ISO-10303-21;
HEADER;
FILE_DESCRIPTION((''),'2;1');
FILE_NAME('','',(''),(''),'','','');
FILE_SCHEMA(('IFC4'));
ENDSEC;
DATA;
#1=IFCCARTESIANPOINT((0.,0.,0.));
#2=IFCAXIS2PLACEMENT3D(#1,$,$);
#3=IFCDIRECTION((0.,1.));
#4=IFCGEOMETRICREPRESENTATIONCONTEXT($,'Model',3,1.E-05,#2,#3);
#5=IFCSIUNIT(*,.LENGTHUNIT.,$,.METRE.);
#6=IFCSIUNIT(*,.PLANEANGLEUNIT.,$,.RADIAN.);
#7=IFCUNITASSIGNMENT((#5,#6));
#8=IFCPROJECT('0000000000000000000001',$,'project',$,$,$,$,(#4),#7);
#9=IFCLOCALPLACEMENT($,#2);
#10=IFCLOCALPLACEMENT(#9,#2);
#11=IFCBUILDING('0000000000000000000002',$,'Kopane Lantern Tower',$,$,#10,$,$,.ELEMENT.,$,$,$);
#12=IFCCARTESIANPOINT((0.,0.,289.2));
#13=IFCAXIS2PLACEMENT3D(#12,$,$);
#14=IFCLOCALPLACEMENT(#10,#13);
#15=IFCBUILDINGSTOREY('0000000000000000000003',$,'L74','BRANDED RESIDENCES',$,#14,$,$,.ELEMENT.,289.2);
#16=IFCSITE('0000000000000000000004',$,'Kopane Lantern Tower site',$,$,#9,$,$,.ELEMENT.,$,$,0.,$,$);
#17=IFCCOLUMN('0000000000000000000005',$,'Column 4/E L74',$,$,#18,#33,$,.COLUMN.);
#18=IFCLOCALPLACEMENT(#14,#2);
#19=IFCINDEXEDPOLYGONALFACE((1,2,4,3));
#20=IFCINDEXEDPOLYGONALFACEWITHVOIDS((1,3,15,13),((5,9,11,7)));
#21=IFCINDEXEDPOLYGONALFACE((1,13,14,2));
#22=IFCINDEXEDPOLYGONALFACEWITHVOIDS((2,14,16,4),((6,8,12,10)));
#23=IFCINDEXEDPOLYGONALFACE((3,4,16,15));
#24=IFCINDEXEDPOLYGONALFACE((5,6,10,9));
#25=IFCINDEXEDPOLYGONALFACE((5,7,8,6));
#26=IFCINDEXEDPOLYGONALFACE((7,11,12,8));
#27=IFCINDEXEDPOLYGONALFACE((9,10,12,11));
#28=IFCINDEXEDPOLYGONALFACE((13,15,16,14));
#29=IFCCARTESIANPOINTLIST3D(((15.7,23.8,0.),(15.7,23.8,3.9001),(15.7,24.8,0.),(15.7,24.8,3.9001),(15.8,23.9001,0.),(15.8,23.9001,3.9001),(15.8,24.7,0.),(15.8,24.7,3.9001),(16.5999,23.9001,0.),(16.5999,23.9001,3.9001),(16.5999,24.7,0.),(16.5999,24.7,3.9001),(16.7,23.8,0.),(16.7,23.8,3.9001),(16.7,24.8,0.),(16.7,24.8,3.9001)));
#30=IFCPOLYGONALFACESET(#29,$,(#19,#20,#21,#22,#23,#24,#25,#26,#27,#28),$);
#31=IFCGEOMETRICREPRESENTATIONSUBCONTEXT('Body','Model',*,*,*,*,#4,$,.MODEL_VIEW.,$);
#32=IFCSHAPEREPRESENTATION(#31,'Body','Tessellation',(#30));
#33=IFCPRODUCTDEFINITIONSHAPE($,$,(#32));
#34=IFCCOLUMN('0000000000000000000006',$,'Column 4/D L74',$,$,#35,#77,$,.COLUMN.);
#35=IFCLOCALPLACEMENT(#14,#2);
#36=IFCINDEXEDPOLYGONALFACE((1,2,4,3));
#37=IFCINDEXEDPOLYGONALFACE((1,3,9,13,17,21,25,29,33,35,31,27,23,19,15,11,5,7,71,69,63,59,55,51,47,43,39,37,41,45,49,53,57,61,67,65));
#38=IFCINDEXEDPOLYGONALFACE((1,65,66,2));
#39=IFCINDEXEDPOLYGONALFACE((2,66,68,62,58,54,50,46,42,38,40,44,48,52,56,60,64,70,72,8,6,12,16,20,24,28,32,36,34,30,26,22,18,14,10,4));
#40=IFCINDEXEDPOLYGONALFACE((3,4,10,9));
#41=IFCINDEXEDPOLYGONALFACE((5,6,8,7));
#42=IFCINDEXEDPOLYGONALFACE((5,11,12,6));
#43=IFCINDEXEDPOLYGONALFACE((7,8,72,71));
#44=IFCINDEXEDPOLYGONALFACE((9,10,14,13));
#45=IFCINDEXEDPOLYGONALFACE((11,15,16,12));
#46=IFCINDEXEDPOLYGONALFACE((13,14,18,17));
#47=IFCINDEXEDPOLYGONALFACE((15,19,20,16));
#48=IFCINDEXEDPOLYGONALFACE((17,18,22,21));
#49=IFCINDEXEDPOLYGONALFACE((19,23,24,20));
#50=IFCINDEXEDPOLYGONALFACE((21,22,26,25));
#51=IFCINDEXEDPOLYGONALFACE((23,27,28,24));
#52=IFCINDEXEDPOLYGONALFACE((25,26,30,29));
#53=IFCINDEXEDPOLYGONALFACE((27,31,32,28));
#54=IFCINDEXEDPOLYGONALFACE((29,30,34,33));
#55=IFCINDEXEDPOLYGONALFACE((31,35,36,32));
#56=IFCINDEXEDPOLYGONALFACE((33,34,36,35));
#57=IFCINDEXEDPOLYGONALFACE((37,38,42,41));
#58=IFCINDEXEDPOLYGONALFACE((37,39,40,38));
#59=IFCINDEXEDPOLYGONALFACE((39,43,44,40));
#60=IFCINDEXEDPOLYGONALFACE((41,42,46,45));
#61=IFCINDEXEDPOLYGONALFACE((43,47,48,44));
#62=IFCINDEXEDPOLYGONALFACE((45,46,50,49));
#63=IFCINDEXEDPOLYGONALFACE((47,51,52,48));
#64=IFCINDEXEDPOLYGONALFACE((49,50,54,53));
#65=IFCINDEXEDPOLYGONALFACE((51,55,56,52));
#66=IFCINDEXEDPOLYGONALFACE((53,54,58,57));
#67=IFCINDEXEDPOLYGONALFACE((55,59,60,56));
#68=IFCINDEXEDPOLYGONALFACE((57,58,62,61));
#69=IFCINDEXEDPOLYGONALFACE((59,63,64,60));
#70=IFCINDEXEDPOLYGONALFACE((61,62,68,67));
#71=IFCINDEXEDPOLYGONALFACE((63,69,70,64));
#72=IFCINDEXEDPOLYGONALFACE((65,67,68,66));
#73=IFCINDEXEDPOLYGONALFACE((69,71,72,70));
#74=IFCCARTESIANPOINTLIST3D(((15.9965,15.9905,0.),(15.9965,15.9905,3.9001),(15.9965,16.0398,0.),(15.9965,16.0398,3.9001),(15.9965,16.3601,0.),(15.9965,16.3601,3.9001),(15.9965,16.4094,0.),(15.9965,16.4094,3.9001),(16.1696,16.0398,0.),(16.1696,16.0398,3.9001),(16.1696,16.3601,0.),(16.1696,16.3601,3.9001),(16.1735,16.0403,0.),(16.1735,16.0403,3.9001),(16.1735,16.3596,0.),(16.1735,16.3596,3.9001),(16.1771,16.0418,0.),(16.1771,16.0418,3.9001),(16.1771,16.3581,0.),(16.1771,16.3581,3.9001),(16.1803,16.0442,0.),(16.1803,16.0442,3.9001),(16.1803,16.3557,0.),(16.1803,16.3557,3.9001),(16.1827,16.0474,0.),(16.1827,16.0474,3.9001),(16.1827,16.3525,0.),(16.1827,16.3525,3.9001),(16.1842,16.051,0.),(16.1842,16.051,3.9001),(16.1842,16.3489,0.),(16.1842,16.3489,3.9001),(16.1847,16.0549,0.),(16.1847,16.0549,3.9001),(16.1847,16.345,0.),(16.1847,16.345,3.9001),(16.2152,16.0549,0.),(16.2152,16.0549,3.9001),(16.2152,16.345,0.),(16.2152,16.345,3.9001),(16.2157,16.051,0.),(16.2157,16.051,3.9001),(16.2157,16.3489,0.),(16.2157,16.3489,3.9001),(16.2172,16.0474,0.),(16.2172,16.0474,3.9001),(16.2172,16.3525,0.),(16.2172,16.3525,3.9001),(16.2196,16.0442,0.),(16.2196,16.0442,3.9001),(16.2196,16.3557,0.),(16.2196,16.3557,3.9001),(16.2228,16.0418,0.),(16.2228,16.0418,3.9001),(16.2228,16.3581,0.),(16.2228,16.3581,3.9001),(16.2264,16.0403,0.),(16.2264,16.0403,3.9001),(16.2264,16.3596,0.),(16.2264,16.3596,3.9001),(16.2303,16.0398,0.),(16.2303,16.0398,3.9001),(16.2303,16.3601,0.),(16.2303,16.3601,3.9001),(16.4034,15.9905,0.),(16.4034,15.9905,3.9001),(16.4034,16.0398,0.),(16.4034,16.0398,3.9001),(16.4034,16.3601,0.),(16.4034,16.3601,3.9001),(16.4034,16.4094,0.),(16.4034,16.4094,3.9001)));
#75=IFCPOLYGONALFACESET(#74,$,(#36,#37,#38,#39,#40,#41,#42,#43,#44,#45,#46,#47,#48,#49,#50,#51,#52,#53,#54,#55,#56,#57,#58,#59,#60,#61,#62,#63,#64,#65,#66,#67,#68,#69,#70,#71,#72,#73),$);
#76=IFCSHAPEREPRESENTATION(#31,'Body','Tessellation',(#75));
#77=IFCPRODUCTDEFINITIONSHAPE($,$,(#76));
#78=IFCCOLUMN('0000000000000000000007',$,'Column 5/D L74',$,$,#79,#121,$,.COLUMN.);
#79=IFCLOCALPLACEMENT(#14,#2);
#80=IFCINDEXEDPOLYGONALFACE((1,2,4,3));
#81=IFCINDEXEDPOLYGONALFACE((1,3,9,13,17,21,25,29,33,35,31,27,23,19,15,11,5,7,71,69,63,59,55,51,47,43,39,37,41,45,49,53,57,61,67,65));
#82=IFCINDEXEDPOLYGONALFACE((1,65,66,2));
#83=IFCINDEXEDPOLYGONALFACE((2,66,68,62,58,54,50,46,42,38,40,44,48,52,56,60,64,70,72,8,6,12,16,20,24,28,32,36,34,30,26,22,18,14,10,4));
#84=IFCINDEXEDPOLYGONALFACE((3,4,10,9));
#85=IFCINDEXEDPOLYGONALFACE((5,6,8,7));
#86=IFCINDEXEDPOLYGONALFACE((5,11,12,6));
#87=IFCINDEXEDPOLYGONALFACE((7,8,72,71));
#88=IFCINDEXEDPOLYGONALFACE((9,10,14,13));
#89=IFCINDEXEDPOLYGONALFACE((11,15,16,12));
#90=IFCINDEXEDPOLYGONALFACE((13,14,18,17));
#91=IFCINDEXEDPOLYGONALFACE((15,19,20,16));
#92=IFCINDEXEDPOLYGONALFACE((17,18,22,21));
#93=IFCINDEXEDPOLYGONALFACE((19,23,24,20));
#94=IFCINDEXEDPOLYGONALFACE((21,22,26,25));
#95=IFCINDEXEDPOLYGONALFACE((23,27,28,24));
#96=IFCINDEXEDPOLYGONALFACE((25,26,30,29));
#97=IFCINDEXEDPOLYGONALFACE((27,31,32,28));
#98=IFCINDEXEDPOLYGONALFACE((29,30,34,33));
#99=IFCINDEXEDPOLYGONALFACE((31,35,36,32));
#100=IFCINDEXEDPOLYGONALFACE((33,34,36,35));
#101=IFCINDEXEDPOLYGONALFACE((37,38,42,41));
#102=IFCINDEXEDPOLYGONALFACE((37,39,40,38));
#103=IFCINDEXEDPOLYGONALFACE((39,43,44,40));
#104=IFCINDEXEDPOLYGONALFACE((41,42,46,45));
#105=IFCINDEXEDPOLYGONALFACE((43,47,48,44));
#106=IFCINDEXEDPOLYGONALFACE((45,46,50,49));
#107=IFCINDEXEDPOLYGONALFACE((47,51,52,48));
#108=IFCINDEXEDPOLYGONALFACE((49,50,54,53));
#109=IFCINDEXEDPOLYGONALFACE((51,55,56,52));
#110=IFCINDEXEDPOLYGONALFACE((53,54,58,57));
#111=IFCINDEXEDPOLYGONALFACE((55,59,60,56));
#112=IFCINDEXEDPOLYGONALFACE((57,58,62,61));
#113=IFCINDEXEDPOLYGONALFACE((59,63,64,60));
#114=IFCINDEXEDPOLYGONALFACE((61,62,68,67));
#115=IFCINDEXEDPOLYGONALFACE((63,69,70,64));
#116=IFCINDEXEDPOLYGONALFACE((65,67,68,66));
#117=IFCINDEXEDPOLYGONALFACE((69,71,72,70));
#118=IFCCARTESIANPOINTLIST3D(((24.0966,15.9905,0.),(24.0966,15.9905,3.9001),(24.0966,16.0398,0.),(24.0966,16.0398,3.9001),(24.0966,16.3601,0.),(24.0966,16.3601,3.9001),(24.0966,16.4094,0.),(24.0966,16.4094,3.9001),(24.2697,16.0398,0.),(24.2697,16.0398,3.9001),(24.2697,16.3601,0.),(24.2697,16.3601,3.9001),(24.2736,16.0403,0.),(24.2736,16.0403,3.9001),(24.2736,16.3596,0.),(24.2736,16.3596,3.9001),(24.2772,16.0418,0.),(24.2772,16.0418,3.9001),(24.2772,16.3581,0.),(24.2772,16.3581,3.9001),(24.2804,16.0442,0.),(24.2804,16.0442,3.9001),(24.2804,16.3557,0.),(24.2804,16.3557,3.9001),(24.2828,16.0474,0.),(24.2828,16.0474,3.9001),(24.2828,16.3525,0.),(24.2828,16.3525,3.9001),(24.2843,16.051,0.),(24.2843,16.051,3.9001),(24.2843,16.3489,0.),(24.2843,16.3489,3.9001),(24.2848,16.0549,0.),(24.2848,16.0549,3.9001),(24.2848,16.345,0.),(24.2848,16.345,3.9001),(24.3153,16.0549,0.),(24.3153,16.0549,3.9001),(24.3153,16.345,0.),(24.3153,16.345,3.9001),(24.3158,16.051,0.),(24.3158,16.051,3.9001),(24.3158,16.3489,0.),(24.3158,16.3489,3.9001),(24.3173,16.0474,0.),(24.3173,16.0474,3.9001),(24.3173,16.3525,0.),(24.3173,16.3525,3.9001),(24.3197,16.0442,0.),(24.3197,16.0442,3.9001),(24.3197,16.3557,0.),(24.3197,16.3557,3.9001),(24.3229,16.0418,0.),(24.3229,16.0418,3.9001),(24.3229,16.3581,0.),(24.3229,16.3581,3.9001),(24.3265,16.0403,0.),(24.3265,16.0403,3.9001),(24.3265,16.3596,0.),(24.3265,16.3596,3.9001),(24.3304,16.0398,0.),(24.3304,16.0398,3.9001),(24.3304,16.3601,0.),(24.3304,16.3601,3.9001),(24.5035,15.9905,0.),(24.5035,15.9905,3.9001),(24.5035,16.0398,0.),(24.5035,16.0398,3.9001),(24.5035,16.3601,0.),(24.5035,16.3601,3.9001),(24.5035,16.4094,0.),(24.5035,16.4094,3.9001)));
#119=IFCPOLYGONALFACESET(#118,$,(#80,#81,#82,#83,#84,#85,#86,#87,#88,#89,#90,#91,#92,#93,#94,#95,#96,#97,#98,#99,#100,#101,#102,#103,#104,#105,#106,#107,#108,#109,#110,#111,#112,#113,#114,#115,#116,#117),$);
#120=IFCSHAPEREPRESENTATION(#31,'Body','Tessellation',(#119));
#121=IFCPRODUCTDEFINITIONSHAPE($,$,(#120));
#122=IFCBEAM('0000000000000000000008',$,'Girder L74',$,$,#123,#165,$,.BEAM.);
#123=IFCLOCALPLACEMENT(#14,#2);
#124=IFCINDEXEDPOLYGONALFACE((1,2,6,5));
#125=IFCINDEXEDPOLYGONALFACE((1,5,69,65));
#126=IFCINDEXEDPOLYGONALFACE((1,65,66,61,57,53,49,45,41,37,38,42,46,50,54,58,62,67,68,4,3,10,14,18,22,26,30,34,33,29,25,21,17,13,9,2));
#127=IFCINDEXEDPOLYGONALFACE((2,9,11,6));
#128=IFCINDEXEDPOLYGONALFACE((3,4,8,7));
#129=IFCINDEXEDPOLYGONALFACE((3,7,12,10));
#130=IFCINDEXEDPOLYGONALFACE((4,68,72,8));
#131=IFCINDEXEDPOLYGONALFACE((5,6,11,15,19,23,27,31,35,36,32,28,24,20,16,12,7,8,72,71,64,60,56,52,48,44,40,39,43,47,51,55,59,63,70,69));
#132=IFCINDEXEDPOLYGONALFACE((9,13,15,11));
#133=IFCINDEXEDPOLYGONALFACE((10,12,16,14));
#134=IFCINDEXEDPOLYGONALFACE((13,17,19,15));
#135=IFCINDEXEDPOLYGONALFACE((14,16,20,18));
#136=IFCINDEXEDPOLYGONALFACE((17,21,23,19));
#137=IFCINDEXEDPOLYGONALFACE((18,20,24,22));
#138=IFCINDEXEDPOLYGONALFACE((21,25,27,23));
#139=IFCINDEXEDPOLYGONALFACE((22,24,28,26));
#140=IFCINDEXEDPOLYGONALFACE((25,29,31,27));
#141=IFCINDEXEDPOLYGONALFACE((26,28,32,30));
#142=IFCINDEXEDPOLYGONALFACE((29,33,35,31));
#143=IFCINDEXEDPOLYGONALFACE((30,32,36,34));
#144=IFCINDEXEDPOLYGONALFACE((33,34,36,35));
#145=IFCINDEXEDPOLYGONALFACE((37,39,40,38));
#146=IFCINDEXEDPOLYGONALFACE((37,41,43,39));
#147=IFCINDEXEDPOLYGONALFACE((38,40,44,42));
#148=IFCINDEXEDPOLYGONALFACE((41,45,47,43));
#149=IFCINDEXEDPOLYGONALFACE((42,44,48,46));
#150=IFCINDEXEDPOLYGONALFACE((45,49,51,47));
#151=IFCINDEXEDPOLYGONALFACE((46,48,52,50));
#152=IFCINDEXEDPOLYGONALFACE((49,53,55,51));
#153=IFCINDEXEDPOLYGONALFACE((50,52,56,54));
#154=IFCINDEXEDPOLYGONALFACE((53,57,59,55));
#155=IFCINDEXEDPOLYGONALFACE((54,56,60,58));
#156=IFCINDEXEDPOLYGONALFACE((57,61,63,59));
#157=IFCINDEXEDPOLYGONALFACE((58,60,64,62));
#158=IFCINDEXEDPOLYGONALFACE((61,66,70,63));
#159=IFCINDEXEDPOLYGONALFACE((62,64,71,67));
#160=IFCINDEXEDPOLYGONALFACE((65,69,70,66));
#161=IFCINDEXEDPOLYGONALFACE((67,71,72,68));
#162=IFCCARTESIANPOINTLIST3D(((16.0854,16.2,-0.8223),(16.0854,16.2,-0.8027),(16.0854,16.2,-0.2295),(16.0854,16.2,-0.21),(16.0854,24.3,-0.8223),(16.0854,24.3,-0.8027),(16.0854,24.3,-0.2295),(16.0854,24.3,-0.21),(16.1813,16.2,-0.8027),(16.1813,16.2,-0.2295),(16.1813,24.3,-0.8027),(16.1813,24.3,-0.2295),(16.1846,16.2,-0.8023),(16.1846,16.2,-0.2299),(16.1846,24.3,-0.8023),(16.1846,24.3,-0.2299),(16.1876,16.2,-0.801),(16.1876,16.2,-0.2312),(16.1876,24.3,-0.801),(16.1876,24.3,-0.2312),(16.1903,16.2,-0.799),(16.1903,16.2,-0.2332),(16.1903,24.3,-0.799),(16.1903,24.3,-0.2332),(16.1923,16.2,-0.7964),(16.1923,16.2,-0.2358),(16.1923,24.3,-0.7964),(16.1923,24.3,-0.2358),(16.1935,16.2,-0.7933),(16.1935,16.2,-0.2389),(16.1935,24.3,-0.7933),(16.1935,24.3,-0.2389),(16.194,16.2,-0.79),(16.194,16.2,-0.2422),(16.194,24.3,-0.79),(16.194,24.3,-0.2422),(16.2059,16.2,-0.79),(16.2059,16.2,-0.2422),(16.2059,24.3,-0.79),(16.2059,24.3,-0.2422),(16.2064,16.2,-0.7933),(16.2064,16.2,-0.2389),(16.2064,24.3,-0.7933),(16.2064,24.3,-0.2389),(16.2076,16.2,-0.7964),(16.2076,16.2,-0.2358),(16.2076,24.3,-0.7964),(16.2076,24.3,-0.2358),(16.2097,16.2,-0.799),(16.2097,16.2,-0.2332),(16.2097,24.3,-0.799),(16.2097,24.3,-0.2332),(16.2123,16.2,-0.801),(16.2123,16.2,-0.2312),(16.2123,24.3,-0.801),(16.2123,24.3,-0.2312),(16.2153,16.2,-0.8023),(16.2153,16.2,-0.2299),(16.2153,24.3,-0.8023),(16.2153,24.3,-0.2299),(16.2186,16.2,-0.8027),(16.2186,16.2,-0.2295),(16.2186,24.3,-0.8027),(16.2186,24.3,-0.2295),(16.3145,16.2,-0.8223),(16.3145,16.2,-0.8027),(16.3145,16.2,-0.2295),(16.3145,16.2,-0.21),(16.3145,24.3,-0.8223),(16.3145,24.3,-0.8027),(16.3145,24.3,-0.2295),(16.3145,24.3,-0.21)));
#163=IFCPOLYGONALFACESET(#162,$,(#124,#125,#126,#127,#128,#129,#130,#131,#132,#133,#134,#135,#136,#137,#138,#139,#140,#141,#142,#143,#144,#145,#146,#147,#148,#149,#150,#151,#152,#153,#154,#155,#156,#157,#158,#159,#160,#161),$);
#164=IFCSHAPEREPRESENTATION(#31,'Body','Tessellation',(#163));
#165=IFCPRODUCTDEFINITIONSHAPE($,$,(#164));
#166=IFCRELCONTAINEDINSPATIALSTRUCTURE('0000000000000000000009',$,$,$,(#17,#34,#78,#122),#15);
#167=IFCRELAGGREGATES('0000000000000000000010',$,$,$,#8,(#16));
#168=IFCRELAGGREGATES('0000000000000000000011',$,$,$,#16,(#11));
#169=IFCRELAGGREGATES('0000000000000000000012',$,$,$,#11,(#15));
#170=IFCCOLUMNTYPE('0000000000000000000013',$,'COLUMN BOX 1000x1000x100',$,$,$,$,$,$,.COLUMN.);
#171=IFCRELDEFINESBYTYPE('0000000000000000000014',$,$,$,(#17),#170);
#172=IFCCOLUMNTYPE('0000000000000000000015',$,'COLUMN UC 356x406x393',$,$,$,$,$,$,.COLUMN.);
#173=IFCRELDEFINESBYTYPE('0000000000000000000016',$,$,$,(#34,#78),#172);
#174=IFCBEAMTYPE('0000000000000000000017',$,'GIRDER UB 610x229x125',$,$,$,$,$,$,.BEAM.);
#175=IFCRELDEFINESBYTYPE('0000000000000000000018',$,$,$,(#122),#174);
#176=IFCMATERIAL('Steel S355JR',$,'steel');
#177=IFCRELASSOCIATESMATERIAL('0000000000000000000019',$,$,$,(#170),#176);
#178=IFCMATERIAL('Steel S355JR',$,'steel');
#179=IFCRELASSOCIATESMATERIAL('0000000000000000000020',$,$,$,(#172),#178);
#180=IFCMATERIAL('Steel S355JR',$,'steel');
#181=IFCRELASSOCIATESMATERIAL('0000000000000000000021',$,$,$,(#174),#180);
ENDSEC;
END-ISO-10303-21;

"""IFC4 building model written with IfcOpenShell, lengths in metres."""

from ifc_helpers import new_model, si_unit, direction, frame, origin, origin_2d, place, context, subcontext, project, spatial, hollow_rectangle, i_section, extrude, material, material_profile, profile_set, type_object, element, save


model = new_model("IFC4")

# Units and contexts
model_context = context("Model", 3, precision=1e-05, world=origin(), true_north=direction((0.0, 1.0)))
body_context = subcontext(model_context, "Body", "Model", "MODEL_VIEW")
ifc_project = project(units=[si_unit("LENGTHUNIT", "METRE"), si_unit("PLANEANGLEUNIT", "RADIAN")], contexts=[model_context])

# Site, building, storey
site_placement = place(None, origin())
site = spatial("IfcSite", under=ifc_project, at=site_placement, Name="Kopane Lantern Tower site", CompositionType="ELEMENT", RefElevation=0.0)
building_placement = place(site_placement, origin())
building = spatial("IfcBuilding", under=site, at=building_placement, Name="Kopane Lantern Tower", CompositionType="ELEMENT")
storey_placement = place(building_placement, frame((0.0, 0.0, 289.2)))
storey = spatial("IfcBuildingStorey", under=building, at=storey_placement, Name="L74", Description="BRANDED RESIDENCES", CompositionType="ELEMENT", Elevation=289.2)

# Columns
ifc_material_1 = material(Name="Steel S355JR", Category="steel")
ifc_material_profile_1 = material_profile(ifc_material_1, hollow_rectangle(XDim=1.0, YDim=1.0, WallThickness=0.1001, at=origin_2d()), Name="BOX 1000x1000x100")
ifc_profile_set_1 = profile_set([ifc_material_profile_1], Name="Steel S355JR")
column_type_1 = type_object("IfcColumnType", Name="COLUMN BOX 1000x1000x100", PredefinedType="COLUMN", material=ifc_profile_set_1)
column_placement = place(storey_placement, frame((16.2, 24.3, 0.0), z_axis=(0.0, 0.0, 1.0), x_axis=(1.0, 0.0, 0.0)))
element("IfcColumn", 1, at=column_placement, inside=storey, type_object=column_type_1, Name="Column 4/E L74", PredefinedType="COLUMN", context=body_context, shape_type="SweptSolid", body=[
    extrude(hollow_rectangle(XDim=1.0, YDim=1.0, WallThickness=0.1001, at=origin_2d()), origin(), (0.0, 0.0, 1.0), 3.9001),
])
ifc_material_2 = material(Name="Steel S355JR", Category="steel")
ifc_material_profile_2 = material_profile(ifc_material_2, i_section(OverallWidth=0.407, OverallDepth=0.4189, WebThickness=0.0305, FlangeThickness=0.0493, FilletRadius=0.0151, at=origin_2d()), Name="UC 356x406x393")
ifc_profile_set_2 = profile_set([ifc_material_profile_2], Name="Steel S355JR")
column_type_2 = type_object("IfcColumnType", Name="COLUMN UC 356x406x393", PredefinedType="COLUMN", material=ifc_profile_set_2)
for number, where, z_axis, x_axis, name in (
    (2, (16.2, 16.2, 0.0), (0.0, 0.0, 1.0), (1.0, 0.0, 0.0), "Column 4/D L74"),
    (3, (24.3, 16.2, 0.0), (0.0, 0.0, 1.0), (1.0, 0.0, 0.0), "Column 5/D L74"),
):
    element("IfcColumn", number, at=place(storey_placement, frame(where, z_axis=z_axis, x_axis=x_axis)), inside=storey, type_object=column_type_2, Name=name, PredefinedType="COLUMN", context=body_context, shape_type="SweptSolid", body=[
        extrude(i_section(OverallWidth=0.407, OverallDepth=0.4189, WebThickness=0.0305, FlangeThickness=0.0493, FilletRadius=0.0151, at=origin_2d()), origin(), (0.0, 0.0, 1.0), 3.9001),
    ])

# Beam
ifc_material_3 = material(Name="Steel S355JR", Category="steel")
ifc_material_profile_3 = material_profile(ifc_material_3, i_section(OverallWidth=0.229, OverallDepth=0.6123, WebThickness=0.012, FlangeThickness=0.0195, FilletRadius=0.0127, at=origin_2d()), Name="UB 610x229x125")
ifc_profile_set_3 = profile_set([ifc_material_profile_3], Name="Steel S355JR")
beam_type = type_object("IfcBeamType", Name="GIRDER UB 610x229x125", PredefinedType="BEAM", material=ifc_profile_set_3)
for number, where, z_axis, x_axis, name in (
    (4, (16.2, 16.2, -0.5161), (0.0, 1.0, 0.0), (-1.0, 0.0, 0.0), "Girder L74"),
):
    element("IfcBeam", number, at=place(storey_placement, frame(where, z_axis=z_axis, x_axis=x_axis)), inside=storey, type_object=beam_type, Name=name, PredefinedType="BEAM", context=body_context, shape_type="SweptSolid", body=[
        extrude(i_section(OverallWidth=0.229, OverallDepth=0.6123, WebThickness=0.012, FlangeThickness=0.0195, FilletRadius=0.0127, at=origin_2d()), origin(), (0.0, 0.0, 1.0), 8.1001),
    ])

save(model, "model.ifc")
